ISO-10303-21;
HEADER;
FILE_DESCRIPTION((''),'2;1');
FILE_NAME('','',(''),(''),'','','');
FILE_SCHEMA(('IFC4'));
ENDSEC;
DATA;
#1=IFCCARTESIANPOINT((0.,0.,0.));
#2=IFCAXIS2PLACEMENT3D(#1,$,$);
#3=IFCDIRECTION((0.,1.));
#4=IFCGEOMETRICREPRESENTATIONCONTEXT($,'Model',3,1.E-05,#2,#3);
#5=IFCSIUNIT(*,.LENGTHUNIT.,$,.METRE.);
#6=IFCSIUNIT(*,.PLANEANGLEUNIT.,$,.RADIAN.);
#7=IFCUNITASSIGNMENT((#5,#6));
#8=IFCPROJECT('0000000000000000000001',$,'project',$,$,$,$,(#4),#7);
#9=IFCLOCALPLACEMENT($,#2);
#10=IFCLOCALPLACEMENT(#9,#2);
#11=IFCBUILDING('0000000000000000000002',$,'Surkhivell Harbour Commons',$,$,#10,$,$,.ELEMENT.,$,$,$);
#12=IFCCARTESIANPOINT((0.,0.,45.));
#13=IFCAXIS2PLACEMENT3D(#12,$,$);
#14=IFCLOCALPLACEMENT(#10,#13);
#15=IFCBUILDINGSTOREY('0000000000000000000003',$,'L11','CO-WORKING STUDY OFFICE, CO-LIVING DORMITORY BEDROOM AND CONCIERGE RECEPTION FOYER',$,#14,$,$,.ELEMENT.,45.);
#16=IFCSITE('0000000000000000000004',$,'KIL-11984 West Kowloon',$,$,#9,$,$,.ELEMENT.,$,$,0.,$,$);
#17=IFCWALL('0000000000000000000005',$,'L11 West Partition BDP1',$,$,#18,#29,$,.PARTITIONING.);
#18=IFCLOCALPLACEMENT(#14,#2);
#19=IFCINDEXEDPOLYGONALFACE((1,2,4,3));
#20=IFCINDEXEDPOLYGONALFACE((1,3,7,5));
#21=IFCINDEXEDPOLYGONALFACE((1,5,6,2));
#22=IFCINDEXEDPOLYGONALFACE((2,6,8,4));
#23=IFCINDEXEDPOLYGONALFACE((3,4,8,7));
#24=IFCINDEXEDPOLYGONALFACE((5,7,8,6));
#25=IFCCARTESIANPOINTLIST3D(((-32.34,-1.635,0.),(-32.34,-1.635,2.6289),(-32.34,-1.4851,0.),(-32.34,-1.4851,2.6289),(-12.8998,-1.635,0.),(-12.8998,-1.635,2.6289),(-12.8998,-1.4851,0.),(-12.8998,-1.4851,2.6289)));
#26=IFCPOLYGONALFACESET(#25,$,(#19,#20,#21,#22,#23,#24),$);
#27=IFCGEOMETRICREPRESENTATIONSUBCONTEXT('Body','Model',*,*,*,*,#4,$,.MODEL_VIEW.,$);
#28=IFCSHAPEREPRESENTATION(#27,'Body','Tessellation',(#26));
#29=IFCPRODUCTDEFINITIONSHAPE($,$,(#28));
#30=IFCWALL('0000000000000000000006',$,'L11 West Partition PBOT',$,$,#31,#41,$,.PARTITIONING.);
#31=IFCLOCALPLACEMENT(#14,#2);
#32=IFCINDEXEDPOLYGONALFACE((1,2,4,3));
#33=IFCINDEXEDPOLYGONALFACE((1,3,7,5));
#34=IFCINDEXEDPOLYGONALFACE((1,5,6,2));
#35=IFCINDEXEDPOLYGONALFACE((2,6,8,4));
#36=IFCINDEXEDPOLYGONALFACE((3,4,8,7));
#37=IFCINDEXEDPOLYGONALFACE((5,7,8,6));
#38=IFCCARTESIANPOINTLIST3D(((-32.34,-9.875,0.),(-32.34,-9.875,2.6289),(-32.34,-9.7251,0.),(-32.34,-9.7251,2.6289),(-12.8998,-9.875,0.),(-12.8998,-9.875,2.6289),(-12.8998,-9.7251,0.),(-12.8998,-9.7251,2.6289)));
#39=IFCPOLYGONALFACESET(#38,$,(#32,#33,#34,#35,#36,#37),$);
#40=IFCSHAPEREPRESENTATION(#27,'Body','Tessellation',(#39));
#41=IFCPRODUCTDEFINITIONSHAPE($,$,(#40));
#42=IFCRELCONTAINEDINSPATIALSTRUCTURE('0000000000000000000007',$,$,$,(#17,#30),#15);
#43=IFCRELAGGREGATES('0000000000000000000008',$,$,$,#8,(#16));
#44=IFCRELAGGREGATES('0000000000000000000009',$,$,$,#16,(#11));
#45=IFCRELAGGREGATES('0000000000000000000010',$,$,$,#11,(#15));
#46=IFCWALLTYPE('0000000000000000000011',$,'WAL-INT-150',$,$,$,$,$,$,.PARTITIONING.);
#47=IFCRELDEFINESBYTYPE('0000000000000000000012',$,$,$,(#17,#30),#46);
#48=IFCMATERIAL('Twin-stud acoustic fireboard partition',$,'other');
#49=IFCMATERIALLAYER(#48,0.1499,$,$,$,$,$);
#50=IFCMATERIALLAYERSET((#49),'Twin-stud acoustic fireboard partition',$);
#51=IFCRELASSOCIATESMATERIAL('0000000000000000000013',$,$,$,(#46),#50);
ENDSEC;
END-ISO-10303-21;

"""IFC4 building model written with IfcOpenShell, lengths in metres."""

from ifc_helpers import new_model, si_unit, direction, frame, frame_2d, origin, place, context, subcontext, project, spatial, rectangle, extrude, material, layer, layer_set, type_object, element, save


model = new_model("IFC4")

# Units and contexts
model_context = context("Model", 3, precision=1e-05, world=origin(), true_north=direction((0.0, 1.0)))
body_context = subcontext(model_context, "Body", "Model", "MODEL_VIEW")
ifc_project = project(units=[si_unit("LENGTHUNIT", "METRE"), si_unit("PLANEANGLEUNIT", "RADIAN")], contexts=[model_context])

# Site, building, storey
site_placement = place(None, origin())
site = spatial("IfcSite", under=ifc_project, at=site_placement, Name="KIL-11984 West Kowloon", CompositionType="ELEMENT", RefElevation=0.0)
building_placement = place(site_placement, origin())
building = spatial("IfcBuilding", under=site, at=building_placement, Name="Surkhivell Harbour Commons", CompositionType="ELEMENT")
storey_placement = place(building_placement, frame((0.0, 0.0, 45.0)))
storey = spatial("IfcBuildingStorey", under=building, at=storey_placement, Name="L11", Description="CO-WORKING STUDY OFFICE, CO-LIVING DORMITORY BEDROOM AND CONCIERGE RECEPTION FOYER", CompositionType="ELEMENT", Elevation=45.0)

# Walls
ifc_material_1 = material(Name="Twin-stud acoustic fireboard partition", Category="other")
ifc_layer_1 = layer(ifc_material_1, 0.1499)
ifc_layer_set_1 = layer_set([ifc_layer_1], Name="Twin-stud acoustic fireboard partition")
wall_type_1 = type_object("IfcWallType", Name="WAL-INT-150", PredefinedType="PARTITIONING", material=ifc_layer_set_1)
for number, where, z_axis, x_axis, name in (
    (1, (-32.3401, -1.5601, 0.0), (0.0, 0.0, 1.0), (1.0, 0.0, 0.0), "L11 West Partition BDP1"),
    (2, (-32.3401, -9.8, 0.0), (0.0, 0.0, 1.0), (1.0, 0.0, 0.0), "L11 West Partition PBOT"),
):
    element("IfcWall", number, at=place(storey_placement, frame(where, z_axis=z_axis, x_axis=x_axis)), inside=storey, type_object=wall_type_1, Name=name, PredefinedType="PARTITIONING", context=body_context, shape_type="SweptSolid", body=[
        extrude(rectangle(XDim=19.4402, YDim=0.1499, at=frame_2d((9.7202, 0.0))), origin(), (0.0, 0.0, 1.0), 2.6289),
    ])

save(model, "model.ifc")
